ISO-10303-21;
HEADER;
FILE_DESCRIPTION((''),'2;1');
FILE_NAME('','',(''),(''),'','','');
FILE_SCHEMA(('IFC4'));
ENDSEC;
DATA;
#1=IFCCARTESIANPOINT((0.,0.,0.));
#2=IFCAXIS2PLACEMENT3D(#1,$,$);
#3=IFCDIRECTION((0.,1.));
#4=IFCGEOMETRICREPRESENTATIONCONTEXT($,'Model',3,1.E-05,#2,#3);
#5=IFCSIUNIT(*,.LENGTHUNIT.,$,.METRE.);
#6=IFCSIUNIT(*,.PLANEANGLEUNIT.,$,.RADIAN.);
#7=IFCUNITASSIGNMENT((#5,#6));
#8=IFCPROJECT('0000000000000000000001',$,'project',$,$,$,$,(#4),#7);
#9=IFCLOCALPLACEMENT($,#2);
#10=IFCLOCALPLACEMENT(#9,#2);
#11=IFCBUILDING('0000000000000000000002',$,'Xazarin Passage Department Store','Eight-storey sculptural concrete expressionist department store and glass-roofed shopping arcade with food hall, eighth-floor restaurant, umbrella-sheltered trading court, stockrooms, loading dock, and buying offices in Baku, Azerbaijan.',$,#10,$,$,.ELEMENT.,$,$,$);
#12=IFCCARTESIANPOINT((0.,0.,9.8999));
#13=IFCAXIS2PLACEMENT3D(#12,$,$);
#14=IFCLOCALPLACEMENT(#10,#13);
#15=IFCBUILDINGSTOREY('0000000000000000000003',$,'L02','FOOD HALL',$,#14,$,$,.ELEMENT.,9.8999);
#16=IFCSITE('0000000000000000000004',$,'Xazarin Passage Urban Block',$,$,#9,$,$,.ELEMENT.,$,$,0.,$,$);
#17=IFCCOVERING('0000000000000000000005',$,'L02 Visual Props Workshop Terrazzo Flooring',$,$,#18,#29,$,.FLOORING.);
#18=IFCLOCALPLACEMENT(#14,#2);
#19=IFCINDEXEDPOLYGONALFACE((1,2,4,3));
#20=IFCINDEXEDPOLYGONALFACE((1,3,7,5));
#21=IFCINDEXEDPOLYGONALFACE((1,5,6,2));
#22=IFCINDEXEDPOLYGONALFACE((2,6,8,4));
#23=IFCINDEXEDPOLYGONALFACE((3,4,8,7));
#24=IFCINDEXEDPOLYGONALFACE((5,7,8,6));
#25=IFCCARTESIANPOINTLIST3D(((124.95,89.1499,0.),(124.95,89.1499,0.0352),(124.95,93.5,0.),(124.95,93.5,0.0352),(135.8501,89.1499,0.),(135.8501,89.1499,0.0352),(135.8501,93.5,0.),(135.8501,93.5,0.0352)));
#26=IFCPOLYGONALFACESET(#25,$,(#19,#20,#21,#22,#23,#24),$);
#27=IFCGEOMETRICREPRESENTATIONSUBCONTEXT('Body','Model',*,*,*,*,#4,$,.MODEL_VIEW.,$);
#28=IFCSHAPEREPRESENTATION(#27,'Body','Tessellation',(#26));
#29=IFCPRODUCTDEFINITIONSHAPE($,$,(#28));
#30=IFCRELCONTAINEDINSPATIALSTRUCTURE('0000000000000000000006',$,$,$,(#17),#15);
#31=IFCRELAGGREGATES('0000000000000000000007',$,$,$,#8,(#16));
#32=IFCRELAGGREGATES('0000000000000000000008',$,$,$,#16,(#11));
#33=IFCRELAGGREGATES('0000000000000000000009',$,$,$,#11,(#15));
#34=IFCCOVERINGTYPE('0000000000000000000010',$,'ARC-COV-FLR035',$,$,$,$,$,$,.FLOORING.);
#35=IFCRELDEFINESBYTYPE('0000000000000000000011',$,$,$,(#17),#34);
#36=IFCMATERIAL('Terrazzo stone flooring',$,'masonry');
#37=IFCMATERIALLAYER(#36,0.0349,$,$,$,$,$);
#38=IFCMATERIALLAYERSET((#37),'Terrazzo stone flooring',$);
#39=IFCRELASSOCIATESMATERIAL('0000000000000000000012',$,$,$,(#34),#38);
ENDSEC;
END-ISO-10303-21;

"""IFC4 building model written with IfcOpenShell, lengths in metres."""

from ifc_helpers import new_model, si_unit, direction, frame, origin, place, context, subcontext, project, spatial, polyline, outline, extrude, material, layer, layer_set, type_object, element, save


model = new_model("IFC4")

# Units and contexts
model_context = context("Model", 3, precision=1e-05, world=origin(), true_north=direction((0.0, 1.0)))
body_context = subcontext(model_context, "Body", "Model", "MODEL_VIEW")
ifc_project = project(units=[si_unit("LENGTHUNIT", "METRE"), si_unit("PLANEANGLEUNIT", "RADIAN")], contexts=[model_context])

# Site, building, storey
site_placement = place(None, origin())
site = spatial("IfcSite", under=ifc_project, at=site_placement, Name="Xazarin Passage Urban Block", CompositionType="ELEMENT", RefElevation=0.0)
building_placement = place(site_placement, origin())
building = spatial("IfcBuilding", under=site, at=building_placement, Name="Xazarin Passage Department Store", Description="Eight-storey sculptural concrete expressionist department store and glass-roofed shopping arcade with food hall, eighth-floor restaurant, umbrella-sheltered trading court, stockrooms, loading dock, and buying offices in Baku, Azerbaijan.", CompositionType="ELEMENT")
storey_placement = place(building_placement, frame((0.0, 0.0, 9.8999)))
storey = spatial("IfcBuildingStorey", under=building, at=storey_placement, Name="L02", Description="FOOD HALL", CompositionType="ELEMENT", Elevation=9.8999)

# Covering
ifc_material_1 = material(Name="Terrazzo stone flooring", Category="masonry")
ifc_layer_1 = layer(ifc_material_1, 0.0349)
ifc_layer_set_1 = layer_set([ifc_layer_1], Name="Terrazzo stone flooring")
covering_type_1 = type_object("IfcCoveringType", Name="ARC-COV-FLR035", PredefinedType="FLOORING", material=ifc_layer_set_1)
covering_1_placement = place(storey_placement, origin())
element("IfcCovering", 1, at=covering_1_placement, inside=storey, type_object=covering_type_1, Name="L02 Visual Props Workshop Terrazzo Flooring", PredefinedType="FLOORING", context=body_context, shape_type="SweptSolid", body=[
    extrude(outline(polyline([(135.8501, 93.5), (124.95, 93.5), (124.95, 89.1499), (135.8501, 89.1499), (135.8501, 93.5)])), origin(), (0.0, 0.0, 1.0), 0.0352),
])

save(model, "model.ifc")
